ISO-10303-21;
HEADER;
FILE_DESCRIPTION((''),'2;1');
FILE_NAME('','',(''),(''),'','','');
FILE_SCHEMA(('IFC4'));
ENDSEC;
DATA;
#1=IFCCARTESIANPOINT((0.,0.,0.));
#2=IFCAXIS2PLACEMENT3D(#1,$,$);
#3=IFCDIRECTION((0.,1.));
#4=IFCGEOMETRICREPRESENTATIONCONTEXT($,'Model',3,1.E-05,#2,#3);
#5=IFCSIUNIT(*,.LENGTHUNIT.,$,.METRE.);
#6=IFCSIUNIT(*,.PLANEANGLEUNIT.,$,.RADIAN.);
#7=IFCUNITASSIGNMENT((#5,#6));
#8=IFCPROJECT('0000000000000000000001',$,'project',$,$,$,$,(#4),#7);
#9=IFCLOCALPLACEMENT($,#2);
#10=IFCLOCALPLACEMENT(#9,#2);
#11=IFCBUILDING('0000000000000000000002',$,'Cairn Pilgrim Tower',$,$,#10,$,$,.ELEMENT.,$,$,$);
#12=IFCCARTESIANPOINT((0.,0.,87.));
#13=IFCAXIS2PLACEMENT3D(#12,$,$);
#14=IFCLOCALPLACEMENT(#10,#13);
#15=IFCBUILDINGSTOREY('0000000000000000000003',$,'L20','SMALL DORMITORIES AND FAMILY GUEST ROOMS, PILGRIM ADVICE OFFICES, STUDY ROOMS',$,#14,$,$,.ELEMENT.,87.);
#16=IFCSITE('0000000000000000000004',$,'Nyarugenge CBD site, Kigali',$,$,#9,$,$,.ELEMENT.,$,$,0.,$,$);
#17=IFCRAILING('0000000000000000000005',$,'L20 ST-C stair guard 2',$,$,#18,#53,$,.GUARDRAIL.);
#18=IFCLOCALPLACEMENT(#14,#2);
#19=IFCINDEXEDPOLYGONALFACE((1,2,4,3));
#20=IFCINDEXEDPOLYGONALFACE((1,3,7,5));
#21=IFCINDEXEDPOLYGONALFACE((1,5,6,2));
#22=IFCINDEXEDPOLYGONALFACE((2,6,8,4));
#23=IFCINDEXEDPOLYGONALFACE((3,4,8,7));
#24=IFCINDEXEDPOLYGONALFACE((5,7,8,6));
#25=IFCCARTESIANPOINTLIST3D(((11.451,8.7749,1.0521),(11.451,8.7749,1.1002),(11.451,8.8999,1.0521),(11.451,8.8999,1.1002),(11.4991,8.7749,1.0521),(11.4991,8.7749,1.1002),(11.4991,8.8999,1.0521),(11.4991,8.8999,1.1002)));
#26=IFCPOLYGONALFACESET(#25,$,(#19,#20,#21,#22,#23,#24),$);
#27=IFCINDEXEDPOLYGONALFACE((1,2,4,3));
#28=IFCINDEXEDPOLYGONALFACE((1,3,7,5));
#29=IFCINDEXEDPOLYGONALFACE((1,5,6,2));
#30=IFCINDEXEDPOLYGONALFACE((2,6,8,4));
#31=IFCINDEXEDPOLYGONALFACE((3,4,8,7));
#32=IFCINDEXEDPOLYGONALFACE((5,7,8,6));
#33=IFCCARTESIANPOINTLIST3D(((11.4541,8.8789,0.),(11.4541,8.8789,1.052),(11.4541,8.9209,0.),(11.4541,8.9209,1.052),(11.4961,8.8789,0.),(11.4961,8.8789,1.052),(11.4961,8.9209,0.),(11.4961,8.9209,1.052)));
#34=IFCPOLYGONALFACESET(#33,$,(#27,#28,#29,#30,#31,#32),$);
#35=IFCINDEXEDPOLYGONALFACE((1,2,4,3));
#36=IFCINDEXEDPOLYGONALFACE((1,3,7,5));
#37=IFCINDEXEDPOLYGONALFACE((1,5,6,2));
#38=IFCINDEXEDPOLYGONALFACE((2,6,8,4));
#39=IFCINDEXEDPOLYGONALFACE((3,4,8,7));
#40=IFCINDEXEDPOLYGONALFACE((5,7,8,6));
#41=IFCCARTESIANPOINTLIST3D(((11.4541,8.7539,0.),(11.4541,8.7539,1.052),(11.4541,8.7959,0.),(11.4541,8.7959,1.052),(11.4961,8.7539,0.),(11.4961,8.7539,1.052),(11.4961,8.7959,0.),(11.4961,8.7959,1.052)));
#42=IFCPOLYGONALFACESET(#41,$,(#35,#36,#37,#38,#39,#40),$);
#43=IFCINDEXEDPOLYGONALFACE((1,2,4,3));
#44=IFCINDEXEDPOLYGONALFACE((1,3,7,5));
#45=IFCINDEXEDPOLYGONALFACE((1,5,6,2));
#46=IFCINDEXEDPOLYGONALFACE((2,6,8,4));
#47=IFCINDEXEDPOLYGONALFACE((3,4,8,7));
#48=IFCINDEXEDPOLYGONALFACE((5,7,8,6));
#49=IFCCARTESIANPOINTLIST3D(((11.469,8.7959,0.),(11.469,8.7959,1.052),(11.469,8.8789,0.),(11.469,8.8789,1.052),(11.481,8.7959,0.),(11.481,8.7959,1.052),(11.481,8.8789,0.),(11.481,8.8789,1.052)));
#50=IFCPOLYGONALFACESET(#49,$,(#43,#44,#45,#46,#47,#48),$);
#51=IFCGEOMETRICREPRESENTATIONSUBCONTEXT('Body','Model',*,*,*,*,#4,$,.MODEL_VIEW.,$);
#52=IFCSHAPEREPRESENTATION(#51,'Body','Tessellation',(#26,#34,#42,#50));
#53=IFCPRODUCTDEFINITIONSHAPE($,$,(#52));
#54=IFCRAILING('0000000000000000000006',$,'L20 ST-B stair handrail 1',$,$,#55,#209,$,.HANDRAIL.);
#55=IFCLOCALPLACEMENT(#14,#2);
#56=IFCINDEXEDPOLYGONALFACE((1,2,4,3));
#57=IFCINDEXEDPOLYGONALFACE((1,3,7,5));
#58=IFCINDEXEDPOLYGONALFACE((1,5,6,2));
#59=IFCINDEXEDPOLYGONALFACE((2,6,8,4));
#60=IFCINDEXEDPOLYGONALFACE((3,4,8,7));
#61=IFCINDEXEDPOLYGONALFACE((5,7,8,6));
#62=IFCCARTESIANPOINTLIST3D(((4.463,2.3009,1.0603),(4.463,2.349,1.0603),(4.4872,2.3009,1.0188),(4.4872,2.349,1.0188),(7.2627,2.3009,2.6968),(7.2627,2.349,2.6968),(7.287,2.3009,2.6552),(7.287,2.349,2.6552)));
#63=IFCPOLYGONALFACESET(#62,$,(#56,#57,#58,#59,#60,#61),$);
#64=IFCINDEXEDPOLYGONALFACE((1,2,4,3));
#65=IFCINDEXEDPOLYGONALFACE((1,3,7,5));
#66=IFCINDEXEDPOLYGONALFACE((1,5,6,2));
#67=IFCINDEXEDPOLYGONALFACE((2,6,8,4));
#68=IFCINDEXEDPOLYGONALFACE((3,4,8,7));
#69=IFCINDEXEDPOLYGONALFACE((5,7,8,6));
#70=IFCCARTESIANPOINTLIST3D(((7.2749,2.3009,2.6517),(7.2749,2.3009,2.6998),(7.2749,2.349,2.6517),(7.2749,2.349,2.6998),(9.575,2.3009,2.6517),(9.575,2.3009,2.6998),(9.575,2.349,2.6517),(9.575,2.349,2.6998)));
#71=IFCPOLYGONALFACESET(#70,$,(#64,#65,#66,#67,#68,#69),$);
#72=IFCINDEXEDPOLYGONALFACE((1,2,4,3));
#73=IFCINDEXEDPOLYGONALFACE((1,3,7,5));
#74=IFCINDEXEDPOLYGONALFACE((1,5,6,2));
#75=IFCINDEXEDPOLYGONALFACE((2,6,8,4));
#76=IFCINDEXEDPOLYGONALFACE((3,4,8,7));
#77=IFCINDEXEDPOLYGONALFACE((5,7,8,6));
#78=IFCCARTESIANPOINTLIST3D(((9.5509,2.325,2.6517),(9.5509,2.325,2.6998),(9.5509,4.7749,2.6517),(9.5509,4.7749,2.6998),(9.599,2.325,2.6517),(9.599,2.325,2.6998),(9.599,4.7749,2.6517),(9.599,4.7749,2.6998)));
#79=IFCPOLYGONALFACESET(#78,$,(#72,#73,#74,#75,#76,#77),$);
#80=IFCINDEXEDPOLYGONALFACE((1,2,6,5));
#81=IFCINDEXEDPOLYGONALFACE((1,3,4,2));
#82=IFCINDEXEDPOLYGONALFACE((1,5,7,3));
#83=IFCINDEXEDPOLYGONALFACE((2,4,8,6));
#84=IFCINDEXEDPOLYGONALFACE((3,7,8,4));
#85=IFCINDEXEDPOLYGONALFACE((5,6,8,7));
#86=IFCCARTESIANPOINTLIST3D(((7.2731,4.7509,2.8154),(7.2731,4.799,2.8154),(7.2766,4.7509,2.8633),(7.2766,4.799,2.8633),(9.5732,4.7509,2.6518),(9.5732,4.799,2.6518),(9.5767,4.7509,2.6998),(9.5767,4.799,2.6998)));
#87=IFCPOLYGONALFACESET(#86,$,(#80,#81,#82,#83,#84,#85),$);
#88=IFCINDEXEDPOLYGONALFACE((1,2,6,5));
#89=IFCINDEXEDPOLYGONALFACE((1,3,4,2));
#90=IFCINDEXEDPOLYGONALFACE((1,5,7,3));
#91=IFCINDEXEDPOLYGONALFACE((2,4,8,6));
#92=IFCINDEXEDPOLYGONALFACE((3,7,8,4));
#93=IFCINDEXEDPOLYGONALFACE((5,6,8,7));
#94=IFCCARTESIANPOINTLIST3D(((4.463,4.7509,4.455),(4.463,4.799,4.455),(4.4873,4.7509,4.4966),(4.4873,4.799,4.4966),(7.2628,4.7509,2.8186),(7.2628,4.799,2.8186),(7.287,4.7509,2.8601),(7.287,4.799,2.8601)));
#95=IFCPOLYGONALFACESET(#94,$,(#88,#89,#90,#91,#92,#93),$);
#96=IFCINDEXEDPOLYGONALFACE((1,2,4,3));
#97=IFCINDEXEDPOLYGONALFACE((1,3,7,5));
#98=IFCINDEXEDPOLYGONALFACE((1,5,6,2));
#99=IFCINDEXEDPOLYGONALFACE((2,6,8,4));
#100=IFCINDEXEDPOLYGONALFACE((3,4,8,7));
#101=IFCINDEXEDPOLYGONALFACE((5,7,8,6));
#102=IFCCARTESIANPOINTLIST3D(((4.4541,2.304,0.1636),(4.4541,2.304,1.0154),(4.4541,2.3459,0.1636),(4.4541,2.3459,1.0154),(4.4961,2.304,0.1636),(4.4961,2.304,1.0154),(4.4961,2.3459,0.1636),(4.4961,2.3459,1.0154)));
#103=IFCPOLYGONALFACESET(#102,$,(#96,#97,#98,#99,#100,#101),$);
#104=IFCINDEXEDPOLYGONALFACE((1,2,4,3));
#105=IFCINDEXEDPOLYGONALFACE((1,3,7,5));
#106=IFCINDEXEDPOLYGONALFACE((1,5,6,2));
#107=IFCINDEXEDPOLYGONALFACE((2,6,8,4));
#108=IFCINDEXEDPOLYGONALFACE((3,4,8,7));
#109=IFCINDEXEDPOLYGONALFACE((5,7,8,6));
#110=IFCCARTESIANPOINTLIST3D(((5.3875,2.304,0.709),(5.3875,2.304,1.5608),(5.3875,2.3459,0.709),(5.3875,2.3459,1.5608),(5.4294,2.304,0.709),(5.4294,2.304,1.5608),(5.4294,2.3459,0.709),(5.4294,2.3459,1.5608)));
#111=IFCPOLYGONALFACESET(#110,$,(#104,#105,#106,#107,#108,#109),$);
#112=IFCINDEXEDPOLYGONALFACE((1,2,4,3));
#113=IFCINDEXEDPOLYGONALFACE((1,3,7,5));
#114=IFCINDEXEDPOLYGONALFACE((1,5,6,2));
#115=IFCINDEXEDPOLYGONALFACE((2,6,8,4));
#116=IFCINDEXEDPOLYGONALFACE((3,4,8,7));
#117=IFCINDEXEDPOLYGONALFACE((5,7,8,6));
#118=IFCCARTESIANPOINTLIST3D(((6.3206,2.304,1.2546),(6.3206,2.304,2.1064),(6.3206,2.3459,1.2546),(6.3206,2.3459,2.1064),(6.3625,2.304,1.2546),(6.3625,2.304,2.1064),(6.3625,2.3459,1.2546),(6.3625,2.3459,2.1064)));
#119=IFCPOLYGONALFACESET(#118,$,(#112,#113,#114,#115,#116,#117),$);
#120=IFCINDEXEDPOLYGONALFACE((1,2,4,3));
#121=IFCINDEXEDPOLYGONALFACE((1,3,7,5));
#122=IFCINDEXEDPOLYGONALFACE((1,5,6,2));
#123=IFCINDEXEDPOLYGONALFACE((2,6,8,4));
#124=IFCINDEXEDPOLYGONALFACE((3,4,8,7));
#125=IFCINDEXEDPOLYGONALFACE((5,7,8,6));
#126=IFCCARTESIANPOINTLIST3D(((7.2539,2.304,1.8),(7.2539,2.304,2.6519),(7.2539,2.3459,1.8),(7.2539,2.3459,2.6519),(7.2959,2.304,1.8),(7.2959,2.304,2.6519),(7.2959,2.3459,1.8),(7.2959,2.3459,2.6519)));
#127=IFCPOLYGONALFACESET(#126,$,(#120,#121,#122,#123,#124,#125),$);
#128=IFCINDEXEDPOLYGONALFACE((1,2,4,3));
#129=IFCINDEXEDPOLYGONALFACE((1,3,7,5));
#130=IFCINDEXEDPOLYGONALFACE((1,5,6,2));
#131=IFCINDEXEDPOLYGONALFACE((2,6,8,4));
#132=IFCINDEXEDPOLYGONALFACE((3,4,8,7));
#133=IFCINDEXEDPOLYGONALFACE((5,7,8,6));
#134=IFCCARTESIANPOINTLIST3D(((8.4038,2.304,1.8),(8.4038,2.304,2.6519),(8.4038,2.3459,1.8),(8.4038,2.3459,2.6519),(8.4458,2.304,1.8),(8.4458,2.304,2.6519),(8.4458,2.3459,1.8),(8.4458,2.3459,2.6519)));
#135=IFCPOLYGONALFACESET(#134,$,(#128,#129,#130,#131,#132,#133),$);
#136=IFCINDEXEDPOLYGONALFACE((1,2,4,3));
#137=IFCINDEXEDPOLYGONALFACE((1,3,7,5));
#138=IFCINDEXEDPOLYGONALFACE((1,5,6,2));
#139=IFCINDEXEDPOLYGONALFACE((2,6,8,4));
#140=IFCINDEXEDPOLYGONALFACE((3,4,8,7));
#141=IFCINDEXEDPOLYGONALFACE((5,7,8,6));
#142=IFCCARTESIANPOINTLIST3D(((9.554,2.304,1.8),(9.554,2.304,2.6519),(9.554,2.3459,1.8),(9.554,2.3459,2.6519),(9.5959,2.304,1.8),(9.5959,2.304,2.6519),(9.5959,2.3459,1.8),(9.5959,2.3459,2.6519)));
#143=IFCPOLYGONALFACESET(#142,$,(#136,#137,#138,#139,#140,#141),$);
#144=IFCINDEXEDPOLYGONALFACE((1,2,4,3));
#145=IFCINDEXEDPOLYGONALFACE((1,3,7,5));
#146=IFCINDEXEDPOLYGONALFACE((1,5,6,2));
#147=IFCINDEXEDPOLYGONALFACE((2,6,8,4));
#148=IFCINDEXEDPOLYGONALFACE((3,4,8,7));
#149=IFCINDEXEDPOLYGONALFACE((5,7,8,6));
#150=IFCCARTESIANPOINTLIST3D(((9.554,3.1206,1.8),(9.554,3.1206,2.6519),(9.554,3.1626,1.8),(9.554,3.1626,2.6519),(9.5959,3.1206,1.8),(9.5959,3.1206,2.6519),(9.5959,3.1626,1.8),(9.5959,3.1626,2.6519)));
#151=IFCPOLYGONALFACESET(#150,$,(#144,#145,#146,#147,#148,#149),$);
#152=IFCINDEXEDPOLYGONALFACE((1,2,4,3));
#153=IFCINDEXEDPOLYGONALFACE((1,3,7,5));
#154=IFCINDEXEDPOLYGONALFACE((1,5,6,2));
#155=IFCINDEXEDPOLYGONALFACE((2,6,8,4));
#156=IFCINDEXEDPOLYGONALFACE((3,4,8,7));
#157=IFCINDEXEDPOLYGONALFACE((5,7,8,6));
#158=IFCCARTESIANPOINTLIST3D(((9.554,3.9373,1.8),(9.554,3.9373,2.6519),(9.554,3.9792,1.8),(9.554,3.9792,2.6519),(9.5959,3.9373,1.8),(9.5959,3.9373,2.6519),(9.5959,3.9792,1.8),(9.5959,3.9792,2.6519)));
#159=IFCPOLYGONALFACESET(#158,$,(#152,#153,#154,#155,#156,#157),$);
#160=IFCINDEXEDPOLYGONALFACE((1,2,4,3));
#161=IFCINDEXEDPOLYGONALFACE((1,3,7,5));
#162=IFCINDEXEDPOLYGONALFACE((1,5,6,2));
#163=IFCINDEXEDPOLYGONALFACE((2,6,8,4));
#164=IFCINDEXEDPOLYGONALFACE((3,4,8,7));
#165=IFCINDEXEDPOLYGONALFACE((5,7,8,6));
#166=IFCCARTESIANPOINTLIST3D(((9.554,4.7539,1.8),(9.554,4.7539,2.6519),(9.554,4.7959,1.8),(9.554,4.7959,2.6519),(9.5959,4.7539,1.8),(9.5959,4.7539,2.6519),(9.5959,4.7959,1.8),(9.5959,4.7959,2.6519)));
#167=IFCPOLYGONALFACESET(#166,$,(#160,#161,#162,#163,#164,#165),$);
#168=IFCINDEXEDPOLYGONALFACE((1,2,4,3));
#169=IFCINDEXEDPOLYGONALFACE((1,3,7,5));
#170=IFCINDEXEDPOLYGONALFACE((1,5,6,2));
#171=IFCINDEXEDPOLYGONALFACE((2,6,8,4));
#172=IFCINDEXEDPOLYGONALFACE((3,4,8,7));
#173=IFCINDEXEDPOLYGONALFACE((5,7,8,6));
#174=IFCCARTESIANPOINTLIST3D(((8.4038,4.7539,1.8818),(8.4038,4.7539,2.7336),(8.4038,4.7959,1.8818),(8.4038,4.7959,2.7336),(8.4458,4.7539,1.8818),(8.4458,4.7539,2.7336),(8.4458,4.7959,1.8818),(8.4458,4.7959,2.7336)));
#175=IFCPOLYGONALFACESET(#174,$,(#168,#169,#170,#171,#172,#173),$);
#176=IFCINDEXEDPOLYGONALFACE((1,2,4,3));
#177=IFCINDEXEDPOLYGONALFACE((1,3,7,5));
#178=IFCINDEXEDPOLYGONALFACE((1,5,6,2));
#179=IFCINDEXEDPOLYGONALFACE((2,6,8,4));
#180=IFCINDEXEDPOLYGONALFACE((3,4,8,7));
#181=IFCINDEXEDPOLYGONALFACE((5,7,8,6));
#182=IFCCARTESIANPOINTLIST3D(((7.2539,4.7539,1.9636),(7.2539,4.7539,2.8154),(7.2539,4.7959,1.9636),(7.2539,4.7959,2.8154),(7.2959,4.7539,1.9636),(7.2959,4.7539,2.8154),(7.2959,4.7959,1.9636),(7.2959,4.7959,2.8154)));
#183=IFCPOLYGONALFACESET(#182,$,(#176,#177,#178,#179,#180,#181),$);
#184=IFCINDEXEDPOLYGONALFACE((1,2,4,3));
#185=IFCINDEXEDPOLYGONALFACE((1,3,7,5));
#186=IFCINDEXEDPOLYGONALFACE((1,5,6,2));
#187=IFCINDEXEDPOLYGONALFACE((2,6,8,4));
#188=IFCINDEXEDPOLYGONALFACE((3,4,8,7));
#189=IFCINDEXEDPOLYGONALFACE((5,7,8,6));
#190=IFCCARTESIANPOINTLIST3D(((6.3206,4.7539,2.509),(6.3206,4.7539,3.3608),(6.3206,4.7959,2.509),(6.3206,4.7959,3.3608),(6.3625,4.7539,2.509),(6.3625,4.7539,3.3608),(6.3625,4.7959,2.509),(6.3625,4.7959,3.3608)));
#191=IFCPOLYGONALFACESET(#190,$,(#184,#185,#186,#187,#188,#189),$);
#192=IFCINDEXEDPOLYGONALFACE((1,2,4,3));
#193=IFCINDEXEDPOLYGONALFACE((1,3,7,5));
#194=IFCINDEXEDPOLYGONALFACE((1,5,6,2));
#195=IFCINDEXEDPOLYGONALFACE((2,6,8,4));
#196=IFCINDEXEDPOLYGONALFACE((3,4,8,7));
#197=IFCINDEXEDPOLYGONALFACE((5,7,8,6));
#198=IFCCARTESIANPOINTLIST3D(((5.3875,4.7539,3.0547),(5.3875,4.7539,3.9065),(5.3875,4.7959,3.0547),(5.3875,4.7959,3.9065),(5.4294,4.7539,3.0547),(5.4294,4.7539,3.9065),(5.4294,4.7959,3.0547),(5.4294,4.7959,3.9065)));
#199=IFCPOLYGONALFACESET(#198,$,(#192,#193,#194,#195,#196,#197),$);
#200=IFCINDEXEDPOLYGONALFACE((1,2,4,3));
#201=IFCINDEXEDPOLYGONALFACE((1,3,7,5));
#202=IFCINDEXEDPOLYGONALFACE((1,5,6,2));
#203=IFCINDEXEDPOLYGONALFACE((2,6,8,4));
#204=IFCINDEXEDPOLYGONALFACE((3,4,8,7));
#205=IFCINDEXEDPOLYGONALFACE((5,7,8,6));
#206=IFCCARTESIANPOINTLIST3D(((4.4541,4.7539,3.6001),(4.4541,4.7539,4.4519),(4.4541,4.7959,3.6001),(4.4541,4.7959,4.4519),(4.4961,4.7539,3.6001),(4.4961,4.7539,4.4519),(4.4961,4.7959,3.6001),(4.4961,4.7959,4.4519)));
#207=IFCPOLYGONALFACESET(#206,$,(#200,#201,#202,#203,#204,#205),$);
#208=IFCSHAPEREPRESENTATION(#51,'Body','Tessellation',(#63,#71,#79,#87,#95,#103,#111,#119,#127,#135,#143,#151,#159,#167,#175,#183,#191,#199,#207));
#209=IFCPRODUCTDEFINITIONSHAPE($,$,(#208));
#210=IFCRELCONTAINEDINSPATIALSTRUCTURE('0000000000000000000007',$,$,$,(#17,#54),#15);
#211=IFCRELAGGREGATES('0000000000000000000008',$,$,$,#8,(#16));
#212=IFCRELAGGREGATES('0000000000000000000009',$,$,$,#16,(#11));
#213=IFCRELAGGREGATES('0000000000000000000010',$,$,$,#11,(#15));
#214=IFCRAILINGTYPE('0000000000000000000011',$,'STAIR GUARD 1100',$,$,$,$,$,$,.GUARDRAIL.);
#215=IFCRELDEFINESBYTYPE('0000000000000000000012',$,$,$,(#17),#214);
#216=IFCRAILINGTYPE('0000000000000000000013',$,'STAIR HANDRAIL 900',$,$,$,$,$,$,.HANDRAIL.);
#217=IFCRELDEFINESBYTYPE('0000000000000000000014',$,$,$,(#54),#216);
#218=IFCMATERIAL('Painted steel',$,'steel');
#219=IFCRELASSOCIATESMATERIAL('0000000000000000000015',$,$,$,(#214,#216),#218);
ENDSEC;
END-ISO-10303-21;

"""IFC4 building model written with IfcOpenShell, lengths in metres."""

from ifc_helpers import new_model, si_unit, direction, frame, origin, origin_2d, place, context, subcontext, project, spatial, polyline, rectangle, outline, extrude, material, type_object, element, save


model = new_model("IFC4")

# Units and contexts
model_context = context("Model", 3, precision=1e-05, world=origin(), true_north=direction((0.0, 1.0)))
body_context = subcontext(model_context, "Body", "Model", "MODEL_VIEW")
ifc_project = project(units=[si_unit("LENGTHUNIT", "METRE"), si_unit("PLANEANGLEUNIT", "RADIAN")], contexts=[model_context])

# Site, building, storey
site_placement = place(None, origin())
site = spatial("IfcSite", under=ifc_project, at=site_placement, Name="Nyarugenge CBD site, Kigali", CompositionType="ELEMENT", RefElevation=0.0)
building_placement = place(site_placement, origin())
building = spatial("IfcBuilding", under=site, at=building_placement, Name="Cairn Pilgrim Tower", CompositionType="ELEMENT")
storey_placement = place(building_placement, frame((0.0, 0.0, 87.0)))
storey = spatial("IfcBuildingStorey", under=building, at=storey_placement, Name="L20", Description="SMALL DORMITORIES AND FAMILY GUEST ROOMS, PILGRIM ADVICE OFFICES, STUDY ROOMS", CompositionType="ELEMENT", Elevation=87.0)

# Shared definitions
ifc_material_1 = material(Name="Painted steel", Category="steel")

# Railings
railing_type_1 = type_object("IfcRailingType", Name="STAIR GUARD 1100", PredefinedType="GUARDRAIL", material=ifc_material_1)
railing_1_placement = place(storey_placement, frame((11.4751, 8.8999, 0.0)))
element("IfcRailing", 1, at=railing_1_placement, inside=storey, type_object=railing_type_1, Name="L20 ST-C stair guard 2", PredefinedType="GUARDRAIL", context=body_context, shape_type="SweptSolid", body=[
    extrude(rectangle(XDim=0.0481, YDim=0.0481, at=origin_2d()), frame((0.0, 0.0, 1.0762), z_axis=(0.0, -1.0, 0.0), x_axis=(1.0, 0.0, 0.0)), (0.0, 0.0, 1.0), 0.125),
    extrude(rectangle(XDim=0.042, YDim=0.042, at=origin_2d()), origin(), (0.0, 0.0, 1.0), 1.052),
    extrude(rectangle(XDim=0.042, YDim=0.042, at=origin_2d()), frame((0.0, -0.125, 0.0)), (0.0, 0.0, 1.0), 1.052),
    extrude(outline(polyline([(0.021, 0.0), (0.104, 0.0), (0.104, 1.052), (0.021, 1.052), (0.021, 0.0)])), frame((0.0059, 0.0, 0.0), z_axis=(-1.0, 0.0, 0.0), x_axis=(0.0, -1.0, 0.0)), (0.0, 0.0, 1.0), 0.012),
])
railing_type_2 = type_object("IfcRailingType", Name="STAIR HANDRAIL 900", PredefinedType="HANDRAIL", material=ifc_material_1)
railing_2_placement = place(storey_placement, frame((4.4751, 2.325, 0.1636)))
element("IfcRailing", 2, at=railing_2_placement, inside=storey, type_object=railing_type_2, Name="L20 ST-B stair handrail 1", PredefinedType="HANDRAIL", context=body_context, shape_type="SweptSolid", body=[
    extrude(rectangle(XDim=0.0481, YDim=0.0481, at=origin_2d()), frame((0.0, 0.0, 0.876), z_axis=(0.863342, 0.0, 0.50462), x_axis=(0.0, 1.0, 0.0)), (0.0, 0.0, 1.0), 3.2429),
    extrude(rectangle(XDim=0.0481, YDim=0.0481, at=origin_2d()), frame((2.7998, 0.0, 2.5122), z_axis=(1.0, 0.0, 0.0), x_axis=(0.0, 1.0, 0.0)), (0.0, 0.0, 1.0), 2.3),
    extrude(rectangle(XDim=0.0481, YDim=0.0481, at=origin_2d()), frame((5.0999, 0.0, 2.5122), z_axis=(0.0, 1.0, 0.0), x_axis=(-1.0, 0.0, 0.0)), (0.0, 0.0, 1.0), 2.45),
    extrude(rectangle(XDim=0.0481, YDim=0.0481, at=origin_2d()), frame((5.0999, 2.45, 2.5122), z_axis=(-0.997481, 0.0, 0.070939), x_axis=(0.0, -1.0, 0.0)), (0.0, 0.0, 1.0), 2.3059),
    extrude(rectangle(XDim=0.0481, YDim=0.0481, at=origin_2d()), frame((2.7998, 2.45, 2.6758), z_axis=(-0.863342, 0.0, 0.50462), x_axis=(0.0, -1.0, 0.0)), (0.0, 0.0, 1.0), 3.2429),
    extrude(rectangle(XDim=0.042, YDim=0.042, at=origin_2d()), origin(), (0.0, 0.0, 1.0), 0.8518),
    extrude(rectangle(XDim=0.042, YDim=0.042, at=origin_2d()), frame((0.9333, 0.0, 0.5454)), (0.0, 0.0, 1.0), 0.8518),
    extrude(rectangle(XDim=0.042, YDim=0.042, at=origin_2d()), frame((1.8665, 0.0, 1.0911)), (0.0, 0.0, 1.0), 0.8518),
    extrude(rectangle(XDim=0.042, YDim=0.042, at=origin_2d()), frame((2.7998, 0.0, 1.6365)), (0.0, 0.0, 1.0), 0.8518),
    extrude(rectangle(XDim=0.042, YDim=0.042, at=origin_2d()), frame((3.9497, 0.0, 1.6365)), (0.0, 0.0, 1.0), 0.8518),
    extrude(rectangle(XDim=0.042, YDim=0.042, at=origin_2d()), frame((5.0999, 0.0, 1.6365)), (0.0, 0.0, 1.0), 0.8518),
    extrude(rectangle(XDim=0.042, YDim=0.042, at=origin_2d()), frame((5.0999, 0.8167, 1.6365)), (0.0, 0.0, 1.0), 0.8518),
    extrude(rectangle(XDim=0.042, YDim=0.042, at=origin_2d()), frame((5.0999, 1.6333, 1.6365)), (0.0, 0.0, 1.0), 0.8518),
    extrude(rectangle(XDim=0.042, YDim=0.042, at=origin_2d()), frame((5.0999, 2.45, 1.6365)), (0.0, 0.0, 1.0), 0.8518),
    extrude(rectangle(XDim=0.042, YDim=0.042, at=origin_2d()), frame((3.9497, 2.45, 1.7183)), (0.0, 0.0, 1.0), 0.8518),
    extrude(rectangle(XDim=0.042, YDim=0.042, at=origin_2d()), frame((2.7998, 2.45, 1.8)), (0.0, 0.0, 1.0), 0.8518),
    extrude(rectangle(XDim=0.042, YDim=0.042, at=origin_2d()), frame((1.8665, 2.45, 2.3455)), (0.0, 0.0, 1.0), 0.8518),
    extrude(rectangle(XDim=0.042, YDim=0.042, at=origin_2d()), frame((0.9333, 2.45, 2.8911)), (0.0, 0.0, 1.0), 0.8518),
    extrude(rectangle(XDim=0.042, YDim=0.042, at=origin_2d()), frame((0.0, 2.45, 3.4365)), (0.0, 0.0, 1.0), 0.8518),
])

save(model, "model.ifc")
